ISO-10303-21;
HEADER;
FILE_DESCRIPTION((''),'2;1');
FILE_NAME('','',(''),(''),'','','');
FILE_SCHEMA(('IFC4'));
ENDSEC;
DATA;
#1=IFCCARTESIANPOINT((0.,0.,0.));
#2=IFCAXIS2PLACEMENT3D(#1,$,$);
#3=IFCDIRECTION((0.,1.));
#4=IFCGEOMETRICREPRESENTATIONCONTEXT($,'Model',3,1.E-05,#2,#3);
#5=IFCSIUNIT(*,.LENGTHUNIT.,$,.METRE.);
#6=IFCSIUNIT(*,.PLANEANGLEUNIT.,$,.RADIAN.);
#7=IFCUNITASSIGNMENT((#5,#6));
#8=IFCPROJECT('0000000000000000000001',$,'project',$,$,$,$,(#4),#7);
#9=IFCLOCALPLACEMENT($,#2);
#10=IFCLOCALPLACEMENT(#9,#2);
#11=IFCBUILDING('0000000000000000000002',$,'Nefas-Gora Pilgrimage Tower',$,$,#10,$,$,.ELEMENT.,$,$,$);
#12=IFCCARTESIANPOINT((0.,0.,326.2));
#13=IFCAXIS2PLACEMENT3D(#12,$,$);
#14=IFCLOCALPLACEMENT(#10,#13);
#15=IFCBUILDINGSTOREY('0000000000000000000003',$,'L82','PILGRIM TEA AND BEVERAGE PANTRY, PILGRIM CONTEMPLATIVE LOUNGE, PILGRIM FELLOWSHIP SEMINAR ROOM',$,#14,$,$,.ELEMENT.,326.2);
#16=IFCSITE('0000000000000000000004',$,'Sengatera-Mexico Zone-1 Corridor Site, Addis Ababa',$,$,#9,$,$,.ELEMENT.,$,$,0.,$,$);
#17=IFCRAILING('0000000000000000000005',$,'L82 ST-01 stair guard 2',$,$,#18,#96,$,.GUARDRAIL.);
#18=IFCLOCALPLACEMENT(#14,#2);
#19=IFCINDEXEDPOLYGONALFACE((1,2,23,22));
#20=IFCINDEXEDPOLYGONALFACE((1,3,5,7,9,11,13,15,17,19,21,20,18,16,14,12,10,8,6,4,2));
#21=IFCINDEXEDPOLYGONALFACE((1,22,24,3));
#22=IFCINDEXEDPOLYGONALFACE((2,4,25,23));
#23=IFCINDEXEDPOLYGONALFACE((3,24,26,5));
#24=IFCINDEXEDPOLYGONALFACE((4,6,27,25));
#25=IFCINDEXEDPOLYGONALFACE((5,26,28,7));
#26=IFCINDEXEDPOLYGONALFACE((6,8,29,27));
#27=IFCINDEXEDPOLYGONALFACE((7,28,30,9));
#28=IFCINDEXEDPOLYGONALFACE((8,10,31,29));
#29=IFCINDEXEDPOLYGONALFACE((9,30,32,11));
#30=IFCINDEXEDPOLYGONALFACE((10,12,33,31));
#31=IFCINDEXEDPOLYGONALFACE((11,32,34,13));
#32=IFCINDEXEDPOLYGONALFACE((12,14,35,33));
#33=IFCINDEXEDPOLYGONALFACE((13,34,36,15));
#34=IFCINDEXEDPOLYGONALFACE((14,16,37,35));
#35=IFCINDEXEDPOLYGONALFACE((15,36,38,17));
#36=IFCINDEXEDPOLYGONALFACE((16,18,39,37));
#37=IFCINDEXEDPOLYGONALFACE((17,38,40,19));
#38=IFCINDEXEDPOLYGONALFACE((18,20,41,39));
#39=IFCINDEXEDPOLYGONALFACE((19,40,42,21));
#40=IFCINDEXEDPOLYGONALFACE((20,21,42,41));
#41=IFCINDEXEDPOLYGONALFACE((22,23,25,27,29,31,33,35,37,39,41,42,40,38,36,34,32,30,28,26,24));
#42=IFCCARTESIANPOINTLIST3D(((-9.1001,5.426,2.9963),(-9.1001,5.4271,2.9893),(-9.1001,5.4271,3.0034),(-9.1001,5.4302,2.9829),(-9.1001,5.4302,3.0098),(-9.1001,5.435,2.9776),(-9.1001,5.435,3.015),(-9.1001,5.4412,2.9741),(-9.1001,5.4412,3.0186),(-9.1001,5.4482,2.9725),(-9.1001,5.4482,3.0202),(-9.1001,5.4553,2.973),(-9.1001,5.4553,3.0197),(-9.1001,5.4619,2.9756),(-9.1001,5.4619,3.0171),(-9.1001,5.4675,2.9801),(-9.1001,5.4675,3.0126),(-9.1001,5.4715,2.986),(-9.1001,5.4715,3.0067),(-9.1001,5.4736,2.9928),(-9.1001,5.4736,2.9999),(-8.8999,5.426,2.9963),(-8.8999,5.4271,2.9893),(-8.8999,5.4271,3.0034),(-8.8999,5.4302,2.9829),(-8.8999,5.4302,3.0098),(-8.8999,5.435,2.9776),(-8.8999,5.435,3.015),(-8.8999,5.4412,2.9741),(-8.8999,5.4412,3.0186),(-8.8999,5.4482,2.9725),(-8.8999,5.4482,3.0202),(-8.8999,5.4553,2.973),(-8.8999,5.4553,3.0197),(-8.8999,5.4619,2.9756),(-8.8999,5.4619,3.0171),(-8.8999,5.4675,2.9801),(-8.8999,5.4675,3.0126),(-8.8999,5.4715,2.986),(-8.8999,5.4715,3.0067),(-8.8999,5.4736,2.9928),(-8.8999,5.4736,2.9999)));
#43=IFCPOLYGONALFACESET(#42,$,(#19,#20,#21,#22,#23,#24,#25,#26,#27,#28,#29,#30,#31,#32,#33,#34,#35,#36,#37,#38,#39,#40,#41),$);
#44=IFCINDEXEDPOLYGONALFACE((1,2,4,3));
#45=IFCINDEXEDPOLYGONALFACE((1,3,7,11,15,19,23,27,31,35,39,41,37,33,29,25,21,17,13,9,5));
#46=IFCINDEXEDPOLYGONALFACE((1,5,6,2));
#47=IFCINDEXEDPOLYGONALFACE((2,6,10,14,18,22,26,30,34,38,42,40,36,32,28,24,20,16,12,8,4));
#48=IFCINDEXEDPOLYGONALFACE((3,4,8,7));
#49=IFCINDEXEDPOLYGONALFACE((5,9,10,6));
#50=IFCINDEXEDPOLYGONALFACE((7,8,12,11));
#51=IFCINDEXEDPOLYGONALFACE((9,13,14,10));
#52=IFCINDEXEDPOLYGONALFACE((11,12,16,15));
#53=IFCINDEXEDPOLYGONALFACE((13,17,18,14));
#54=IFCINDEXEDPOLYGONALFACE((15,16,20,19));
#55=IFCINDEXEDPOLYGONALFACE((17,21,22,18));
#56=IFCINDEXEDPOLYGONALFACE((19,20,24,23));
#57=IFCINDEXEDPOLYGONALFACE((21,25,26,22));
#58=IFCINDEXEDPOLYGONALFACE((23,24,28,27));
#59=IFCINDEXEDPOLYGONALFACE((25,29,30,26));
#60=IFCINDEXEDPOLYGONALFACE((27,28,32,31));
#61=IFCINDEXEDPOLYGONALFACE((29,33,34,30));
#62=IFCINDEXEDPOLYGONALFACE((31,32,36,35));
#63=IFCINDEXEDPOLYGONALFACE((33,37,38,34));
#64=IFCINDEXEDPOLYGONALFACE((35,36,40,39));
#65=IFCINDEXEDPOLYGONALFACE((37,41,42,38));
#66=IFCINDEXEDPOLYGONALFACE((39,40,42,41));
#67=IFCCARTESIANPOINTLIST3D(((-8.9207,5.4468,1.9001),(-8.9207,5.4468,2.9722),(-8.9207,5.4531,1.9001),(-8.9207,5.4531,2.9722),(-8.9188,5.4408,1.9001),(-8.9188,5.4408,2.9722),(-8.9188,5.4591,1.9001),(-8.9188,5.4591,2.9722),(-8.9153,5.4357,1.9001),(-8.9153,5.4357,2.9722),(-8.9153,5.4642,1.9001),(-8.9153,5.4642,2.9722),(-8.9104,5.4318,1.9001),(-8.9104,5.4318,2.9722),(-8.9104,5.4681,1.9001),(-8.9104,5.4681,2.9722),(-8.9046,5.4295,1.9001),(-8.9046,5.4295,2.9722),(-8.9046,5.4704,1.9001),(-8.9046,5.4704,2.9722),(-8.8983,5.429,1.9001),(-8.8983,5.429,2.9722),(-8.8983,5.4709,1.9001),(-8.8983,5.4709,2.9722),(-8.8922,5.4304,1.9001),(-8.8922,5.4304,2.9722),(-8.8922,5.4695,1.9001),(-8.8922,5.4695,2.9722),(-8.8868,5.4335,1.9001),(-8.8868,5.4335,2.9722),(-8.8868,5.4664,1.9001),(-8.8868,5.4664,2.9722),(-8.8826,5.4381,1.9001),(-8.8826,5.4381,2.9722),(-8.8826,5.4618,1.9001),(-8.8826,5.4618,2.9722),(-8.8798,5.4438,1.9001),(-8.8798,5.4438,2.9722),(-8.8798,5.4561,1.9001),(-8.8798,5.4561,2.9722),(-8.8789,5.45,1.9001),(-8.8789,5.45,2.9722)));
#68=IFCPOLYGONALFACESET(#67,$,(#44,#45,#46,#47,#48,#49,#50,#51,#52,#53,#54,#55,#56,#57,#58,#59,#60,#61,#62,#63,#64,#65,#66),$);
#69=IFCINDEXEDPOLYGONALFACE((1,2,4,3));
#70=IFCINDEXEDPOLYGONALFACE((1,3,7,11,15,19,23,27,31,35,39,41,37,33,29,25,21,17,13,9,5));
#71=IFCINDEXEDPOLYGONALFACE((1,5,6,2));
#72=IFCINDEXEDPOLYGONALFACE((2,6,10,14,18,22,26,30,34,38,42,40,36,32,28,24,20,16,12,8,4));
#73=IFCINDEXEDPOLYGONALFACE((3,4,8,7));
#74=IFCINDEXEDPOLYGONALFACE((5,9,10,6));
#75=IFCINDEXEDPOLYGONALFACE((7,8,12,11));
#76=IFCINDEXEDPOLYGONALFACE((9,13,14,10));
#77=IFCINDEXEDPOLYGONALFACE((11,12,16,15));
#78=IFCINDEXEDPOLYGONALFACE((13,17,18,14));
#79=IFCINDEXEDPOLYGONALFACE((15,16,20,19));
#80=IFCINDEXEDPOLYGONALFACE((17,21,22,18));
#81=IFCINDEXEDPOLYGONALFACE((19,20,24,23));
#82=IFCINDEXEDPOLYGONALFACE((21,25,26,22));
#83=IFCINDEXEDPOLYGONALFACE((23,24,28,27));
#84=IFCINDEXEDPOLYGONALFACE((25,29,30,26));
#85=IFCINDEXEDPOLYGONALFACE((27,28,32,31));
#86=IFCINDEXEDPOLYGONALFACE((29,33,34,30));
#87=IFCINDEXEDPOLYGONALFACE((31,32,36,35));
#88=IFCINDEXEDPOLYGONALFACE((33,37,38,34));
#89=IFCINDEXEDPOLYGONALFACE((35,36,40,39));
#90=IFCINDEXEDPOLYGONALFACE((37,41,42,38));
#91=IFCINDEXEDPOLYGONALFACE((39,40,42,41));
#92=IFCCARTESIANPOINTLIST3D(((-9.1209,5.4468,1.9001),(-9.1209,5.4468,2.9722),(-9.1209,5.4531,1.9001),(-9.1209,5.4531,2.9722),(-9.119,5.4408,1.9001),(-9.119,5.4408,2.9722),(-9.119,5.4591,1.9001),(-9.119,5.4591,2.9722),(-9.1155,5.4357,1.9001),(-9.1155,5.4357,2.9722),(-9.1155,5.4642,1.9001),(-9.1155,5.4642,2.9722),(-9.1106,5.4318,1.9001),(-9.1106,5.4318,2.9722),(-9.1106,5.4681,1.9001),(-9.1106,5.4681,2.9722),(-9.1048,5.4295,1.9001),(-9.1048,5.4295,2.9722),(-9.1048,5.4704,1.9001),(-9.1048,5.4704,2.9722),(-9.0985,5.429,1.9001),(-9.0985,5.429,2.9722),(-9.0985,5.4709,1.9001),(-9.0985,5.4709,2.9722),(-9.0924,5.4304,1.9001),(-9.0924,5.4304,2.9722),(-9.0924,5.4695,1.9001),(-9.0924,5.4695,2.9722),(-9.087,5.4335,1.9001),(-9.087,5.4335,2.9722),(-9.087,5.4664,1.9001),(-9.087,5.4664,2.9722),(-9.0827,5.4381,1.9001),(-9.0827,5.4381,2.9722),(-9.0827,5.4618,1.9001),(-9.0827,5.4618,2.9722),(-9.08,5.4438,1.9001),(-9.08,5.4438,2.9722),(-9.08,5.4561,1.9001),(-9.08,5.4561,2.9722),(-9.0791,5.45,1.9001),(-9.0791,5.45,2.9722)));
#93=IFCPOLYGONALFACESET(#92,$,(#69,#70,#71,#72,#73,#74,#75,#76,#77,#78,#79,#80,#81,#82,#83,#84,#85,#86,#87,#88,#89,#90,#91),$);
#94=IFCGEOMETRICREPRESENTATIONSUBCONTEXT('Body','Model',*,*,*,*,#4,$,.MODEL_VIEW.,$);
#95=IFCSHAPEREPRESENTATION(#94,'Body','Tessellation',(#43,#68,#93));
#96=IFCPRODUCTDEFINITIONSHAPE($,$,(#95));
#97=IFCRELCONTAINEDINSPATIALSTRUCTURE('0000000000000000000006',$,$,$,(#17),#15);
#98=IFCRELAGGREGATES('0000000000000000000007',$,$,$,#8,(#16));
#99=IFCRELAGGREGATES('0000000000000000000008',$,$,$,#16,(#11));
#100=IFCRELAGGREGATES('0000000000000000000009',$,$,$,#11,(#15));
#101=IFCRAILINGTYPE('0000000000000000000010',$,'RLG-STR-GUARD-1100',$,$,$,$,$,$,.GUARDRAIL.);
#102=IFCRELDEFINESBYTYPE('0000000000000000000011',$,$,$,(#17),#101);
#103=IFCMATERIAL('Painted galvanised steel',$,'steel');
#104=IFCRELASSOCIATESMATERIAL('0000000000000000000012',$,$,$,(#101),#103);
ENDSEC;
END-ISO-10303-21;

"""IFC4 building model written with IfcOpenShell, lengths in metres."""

from ifc_helpers import new_model, si_unit, direction, frame, origin, origin_2d, place, context, subcontext, project, spatial, circle, extrude, material, type_object, element, save


model = new_model("IFC4")

# Units and contexts
model_context = context("Model", 3, precision=1e-05, world=origin(), true_north=direction((0.0, 1.0)))
body_context = subcontext(model_context, "Body", "Model", "MODEL_VIEW")
ifc_project = project(units=[si_unit("LENGTHUNIT", "METRE"), si_unit("PLANEANGLEUNIT", "RADIAN")], contexts=[model_context])

# Site, building, storey
site_placement = place(None, origin())
site = spatial("IfcSite", under=ifc_project, at=site_placement, Name="Sengatera-Mexico Zone-1 Corridor Site, Addis Ababa", CompositionType="ELEMENT", RefElevation=0.0)
building_placement = place(site_placement, origin())
building = spatial("IfcBuilding", under=site, at=building_placement, Name="Nefas-Gora Pilgrimage Tower", CompositionType="ELEMENT")
storey_placement = place(building_placement, frame((0.0, 0.0, 326.2)))
storey = spatial("IfcBuildingStorey", under=building, at=storey_placement, Name="L82", Description="PILGRIM TEA AND BEVERAGE PANTRY, PILGRIM CONTEMPLATIVE LOUNGE, PILGRIM FELLOWSHIP SEMINAR ROOM", CompositionType="ELEMENT", Elevation=326.2)

# Railing
ifc_material_1 = material(Name="Painted galvanised steel", Category="steel")
railing_type_1 = type_object("IfcRailingType", Name="RLG-STR-GUARD-1100", PredefinedType="GUARDRAIL", material=ifc_material_1)
railing_1_placement = place(storey_placement, frame((-8.8999, 5.45, 1.9001)))
element("IfcRailing", 1, at=railing_1_placement, inside=storey, type_object=railing_type_1, Name="L82 ST-01 stair guard 2", PredefinedType="GUARDRAIL", context=body_context, shape_type="SweptSolid", body=[
    extrude(circle(Radius=0.0239, at=origin_2d()), frame((0.0, 0.0, 1.0962), z_axis=(-1.0, 0.0, 0.0), x_axis=(0.0, -1.0, 0.0)), (0.0, 0.0, 1.0), 0.2002),
    extrude(circle(Radius=0.021, at=origin_2d()), origin(), (0.0, 0.0, 1.0), 1.072),
    extrude(circle(Radius=0.021, at=origin_2d()), frame((-0.2002, 0.0, 0.0)), (0.0, 0.0, 1.0), 1.072),
])

save(model, "model.ifc")
